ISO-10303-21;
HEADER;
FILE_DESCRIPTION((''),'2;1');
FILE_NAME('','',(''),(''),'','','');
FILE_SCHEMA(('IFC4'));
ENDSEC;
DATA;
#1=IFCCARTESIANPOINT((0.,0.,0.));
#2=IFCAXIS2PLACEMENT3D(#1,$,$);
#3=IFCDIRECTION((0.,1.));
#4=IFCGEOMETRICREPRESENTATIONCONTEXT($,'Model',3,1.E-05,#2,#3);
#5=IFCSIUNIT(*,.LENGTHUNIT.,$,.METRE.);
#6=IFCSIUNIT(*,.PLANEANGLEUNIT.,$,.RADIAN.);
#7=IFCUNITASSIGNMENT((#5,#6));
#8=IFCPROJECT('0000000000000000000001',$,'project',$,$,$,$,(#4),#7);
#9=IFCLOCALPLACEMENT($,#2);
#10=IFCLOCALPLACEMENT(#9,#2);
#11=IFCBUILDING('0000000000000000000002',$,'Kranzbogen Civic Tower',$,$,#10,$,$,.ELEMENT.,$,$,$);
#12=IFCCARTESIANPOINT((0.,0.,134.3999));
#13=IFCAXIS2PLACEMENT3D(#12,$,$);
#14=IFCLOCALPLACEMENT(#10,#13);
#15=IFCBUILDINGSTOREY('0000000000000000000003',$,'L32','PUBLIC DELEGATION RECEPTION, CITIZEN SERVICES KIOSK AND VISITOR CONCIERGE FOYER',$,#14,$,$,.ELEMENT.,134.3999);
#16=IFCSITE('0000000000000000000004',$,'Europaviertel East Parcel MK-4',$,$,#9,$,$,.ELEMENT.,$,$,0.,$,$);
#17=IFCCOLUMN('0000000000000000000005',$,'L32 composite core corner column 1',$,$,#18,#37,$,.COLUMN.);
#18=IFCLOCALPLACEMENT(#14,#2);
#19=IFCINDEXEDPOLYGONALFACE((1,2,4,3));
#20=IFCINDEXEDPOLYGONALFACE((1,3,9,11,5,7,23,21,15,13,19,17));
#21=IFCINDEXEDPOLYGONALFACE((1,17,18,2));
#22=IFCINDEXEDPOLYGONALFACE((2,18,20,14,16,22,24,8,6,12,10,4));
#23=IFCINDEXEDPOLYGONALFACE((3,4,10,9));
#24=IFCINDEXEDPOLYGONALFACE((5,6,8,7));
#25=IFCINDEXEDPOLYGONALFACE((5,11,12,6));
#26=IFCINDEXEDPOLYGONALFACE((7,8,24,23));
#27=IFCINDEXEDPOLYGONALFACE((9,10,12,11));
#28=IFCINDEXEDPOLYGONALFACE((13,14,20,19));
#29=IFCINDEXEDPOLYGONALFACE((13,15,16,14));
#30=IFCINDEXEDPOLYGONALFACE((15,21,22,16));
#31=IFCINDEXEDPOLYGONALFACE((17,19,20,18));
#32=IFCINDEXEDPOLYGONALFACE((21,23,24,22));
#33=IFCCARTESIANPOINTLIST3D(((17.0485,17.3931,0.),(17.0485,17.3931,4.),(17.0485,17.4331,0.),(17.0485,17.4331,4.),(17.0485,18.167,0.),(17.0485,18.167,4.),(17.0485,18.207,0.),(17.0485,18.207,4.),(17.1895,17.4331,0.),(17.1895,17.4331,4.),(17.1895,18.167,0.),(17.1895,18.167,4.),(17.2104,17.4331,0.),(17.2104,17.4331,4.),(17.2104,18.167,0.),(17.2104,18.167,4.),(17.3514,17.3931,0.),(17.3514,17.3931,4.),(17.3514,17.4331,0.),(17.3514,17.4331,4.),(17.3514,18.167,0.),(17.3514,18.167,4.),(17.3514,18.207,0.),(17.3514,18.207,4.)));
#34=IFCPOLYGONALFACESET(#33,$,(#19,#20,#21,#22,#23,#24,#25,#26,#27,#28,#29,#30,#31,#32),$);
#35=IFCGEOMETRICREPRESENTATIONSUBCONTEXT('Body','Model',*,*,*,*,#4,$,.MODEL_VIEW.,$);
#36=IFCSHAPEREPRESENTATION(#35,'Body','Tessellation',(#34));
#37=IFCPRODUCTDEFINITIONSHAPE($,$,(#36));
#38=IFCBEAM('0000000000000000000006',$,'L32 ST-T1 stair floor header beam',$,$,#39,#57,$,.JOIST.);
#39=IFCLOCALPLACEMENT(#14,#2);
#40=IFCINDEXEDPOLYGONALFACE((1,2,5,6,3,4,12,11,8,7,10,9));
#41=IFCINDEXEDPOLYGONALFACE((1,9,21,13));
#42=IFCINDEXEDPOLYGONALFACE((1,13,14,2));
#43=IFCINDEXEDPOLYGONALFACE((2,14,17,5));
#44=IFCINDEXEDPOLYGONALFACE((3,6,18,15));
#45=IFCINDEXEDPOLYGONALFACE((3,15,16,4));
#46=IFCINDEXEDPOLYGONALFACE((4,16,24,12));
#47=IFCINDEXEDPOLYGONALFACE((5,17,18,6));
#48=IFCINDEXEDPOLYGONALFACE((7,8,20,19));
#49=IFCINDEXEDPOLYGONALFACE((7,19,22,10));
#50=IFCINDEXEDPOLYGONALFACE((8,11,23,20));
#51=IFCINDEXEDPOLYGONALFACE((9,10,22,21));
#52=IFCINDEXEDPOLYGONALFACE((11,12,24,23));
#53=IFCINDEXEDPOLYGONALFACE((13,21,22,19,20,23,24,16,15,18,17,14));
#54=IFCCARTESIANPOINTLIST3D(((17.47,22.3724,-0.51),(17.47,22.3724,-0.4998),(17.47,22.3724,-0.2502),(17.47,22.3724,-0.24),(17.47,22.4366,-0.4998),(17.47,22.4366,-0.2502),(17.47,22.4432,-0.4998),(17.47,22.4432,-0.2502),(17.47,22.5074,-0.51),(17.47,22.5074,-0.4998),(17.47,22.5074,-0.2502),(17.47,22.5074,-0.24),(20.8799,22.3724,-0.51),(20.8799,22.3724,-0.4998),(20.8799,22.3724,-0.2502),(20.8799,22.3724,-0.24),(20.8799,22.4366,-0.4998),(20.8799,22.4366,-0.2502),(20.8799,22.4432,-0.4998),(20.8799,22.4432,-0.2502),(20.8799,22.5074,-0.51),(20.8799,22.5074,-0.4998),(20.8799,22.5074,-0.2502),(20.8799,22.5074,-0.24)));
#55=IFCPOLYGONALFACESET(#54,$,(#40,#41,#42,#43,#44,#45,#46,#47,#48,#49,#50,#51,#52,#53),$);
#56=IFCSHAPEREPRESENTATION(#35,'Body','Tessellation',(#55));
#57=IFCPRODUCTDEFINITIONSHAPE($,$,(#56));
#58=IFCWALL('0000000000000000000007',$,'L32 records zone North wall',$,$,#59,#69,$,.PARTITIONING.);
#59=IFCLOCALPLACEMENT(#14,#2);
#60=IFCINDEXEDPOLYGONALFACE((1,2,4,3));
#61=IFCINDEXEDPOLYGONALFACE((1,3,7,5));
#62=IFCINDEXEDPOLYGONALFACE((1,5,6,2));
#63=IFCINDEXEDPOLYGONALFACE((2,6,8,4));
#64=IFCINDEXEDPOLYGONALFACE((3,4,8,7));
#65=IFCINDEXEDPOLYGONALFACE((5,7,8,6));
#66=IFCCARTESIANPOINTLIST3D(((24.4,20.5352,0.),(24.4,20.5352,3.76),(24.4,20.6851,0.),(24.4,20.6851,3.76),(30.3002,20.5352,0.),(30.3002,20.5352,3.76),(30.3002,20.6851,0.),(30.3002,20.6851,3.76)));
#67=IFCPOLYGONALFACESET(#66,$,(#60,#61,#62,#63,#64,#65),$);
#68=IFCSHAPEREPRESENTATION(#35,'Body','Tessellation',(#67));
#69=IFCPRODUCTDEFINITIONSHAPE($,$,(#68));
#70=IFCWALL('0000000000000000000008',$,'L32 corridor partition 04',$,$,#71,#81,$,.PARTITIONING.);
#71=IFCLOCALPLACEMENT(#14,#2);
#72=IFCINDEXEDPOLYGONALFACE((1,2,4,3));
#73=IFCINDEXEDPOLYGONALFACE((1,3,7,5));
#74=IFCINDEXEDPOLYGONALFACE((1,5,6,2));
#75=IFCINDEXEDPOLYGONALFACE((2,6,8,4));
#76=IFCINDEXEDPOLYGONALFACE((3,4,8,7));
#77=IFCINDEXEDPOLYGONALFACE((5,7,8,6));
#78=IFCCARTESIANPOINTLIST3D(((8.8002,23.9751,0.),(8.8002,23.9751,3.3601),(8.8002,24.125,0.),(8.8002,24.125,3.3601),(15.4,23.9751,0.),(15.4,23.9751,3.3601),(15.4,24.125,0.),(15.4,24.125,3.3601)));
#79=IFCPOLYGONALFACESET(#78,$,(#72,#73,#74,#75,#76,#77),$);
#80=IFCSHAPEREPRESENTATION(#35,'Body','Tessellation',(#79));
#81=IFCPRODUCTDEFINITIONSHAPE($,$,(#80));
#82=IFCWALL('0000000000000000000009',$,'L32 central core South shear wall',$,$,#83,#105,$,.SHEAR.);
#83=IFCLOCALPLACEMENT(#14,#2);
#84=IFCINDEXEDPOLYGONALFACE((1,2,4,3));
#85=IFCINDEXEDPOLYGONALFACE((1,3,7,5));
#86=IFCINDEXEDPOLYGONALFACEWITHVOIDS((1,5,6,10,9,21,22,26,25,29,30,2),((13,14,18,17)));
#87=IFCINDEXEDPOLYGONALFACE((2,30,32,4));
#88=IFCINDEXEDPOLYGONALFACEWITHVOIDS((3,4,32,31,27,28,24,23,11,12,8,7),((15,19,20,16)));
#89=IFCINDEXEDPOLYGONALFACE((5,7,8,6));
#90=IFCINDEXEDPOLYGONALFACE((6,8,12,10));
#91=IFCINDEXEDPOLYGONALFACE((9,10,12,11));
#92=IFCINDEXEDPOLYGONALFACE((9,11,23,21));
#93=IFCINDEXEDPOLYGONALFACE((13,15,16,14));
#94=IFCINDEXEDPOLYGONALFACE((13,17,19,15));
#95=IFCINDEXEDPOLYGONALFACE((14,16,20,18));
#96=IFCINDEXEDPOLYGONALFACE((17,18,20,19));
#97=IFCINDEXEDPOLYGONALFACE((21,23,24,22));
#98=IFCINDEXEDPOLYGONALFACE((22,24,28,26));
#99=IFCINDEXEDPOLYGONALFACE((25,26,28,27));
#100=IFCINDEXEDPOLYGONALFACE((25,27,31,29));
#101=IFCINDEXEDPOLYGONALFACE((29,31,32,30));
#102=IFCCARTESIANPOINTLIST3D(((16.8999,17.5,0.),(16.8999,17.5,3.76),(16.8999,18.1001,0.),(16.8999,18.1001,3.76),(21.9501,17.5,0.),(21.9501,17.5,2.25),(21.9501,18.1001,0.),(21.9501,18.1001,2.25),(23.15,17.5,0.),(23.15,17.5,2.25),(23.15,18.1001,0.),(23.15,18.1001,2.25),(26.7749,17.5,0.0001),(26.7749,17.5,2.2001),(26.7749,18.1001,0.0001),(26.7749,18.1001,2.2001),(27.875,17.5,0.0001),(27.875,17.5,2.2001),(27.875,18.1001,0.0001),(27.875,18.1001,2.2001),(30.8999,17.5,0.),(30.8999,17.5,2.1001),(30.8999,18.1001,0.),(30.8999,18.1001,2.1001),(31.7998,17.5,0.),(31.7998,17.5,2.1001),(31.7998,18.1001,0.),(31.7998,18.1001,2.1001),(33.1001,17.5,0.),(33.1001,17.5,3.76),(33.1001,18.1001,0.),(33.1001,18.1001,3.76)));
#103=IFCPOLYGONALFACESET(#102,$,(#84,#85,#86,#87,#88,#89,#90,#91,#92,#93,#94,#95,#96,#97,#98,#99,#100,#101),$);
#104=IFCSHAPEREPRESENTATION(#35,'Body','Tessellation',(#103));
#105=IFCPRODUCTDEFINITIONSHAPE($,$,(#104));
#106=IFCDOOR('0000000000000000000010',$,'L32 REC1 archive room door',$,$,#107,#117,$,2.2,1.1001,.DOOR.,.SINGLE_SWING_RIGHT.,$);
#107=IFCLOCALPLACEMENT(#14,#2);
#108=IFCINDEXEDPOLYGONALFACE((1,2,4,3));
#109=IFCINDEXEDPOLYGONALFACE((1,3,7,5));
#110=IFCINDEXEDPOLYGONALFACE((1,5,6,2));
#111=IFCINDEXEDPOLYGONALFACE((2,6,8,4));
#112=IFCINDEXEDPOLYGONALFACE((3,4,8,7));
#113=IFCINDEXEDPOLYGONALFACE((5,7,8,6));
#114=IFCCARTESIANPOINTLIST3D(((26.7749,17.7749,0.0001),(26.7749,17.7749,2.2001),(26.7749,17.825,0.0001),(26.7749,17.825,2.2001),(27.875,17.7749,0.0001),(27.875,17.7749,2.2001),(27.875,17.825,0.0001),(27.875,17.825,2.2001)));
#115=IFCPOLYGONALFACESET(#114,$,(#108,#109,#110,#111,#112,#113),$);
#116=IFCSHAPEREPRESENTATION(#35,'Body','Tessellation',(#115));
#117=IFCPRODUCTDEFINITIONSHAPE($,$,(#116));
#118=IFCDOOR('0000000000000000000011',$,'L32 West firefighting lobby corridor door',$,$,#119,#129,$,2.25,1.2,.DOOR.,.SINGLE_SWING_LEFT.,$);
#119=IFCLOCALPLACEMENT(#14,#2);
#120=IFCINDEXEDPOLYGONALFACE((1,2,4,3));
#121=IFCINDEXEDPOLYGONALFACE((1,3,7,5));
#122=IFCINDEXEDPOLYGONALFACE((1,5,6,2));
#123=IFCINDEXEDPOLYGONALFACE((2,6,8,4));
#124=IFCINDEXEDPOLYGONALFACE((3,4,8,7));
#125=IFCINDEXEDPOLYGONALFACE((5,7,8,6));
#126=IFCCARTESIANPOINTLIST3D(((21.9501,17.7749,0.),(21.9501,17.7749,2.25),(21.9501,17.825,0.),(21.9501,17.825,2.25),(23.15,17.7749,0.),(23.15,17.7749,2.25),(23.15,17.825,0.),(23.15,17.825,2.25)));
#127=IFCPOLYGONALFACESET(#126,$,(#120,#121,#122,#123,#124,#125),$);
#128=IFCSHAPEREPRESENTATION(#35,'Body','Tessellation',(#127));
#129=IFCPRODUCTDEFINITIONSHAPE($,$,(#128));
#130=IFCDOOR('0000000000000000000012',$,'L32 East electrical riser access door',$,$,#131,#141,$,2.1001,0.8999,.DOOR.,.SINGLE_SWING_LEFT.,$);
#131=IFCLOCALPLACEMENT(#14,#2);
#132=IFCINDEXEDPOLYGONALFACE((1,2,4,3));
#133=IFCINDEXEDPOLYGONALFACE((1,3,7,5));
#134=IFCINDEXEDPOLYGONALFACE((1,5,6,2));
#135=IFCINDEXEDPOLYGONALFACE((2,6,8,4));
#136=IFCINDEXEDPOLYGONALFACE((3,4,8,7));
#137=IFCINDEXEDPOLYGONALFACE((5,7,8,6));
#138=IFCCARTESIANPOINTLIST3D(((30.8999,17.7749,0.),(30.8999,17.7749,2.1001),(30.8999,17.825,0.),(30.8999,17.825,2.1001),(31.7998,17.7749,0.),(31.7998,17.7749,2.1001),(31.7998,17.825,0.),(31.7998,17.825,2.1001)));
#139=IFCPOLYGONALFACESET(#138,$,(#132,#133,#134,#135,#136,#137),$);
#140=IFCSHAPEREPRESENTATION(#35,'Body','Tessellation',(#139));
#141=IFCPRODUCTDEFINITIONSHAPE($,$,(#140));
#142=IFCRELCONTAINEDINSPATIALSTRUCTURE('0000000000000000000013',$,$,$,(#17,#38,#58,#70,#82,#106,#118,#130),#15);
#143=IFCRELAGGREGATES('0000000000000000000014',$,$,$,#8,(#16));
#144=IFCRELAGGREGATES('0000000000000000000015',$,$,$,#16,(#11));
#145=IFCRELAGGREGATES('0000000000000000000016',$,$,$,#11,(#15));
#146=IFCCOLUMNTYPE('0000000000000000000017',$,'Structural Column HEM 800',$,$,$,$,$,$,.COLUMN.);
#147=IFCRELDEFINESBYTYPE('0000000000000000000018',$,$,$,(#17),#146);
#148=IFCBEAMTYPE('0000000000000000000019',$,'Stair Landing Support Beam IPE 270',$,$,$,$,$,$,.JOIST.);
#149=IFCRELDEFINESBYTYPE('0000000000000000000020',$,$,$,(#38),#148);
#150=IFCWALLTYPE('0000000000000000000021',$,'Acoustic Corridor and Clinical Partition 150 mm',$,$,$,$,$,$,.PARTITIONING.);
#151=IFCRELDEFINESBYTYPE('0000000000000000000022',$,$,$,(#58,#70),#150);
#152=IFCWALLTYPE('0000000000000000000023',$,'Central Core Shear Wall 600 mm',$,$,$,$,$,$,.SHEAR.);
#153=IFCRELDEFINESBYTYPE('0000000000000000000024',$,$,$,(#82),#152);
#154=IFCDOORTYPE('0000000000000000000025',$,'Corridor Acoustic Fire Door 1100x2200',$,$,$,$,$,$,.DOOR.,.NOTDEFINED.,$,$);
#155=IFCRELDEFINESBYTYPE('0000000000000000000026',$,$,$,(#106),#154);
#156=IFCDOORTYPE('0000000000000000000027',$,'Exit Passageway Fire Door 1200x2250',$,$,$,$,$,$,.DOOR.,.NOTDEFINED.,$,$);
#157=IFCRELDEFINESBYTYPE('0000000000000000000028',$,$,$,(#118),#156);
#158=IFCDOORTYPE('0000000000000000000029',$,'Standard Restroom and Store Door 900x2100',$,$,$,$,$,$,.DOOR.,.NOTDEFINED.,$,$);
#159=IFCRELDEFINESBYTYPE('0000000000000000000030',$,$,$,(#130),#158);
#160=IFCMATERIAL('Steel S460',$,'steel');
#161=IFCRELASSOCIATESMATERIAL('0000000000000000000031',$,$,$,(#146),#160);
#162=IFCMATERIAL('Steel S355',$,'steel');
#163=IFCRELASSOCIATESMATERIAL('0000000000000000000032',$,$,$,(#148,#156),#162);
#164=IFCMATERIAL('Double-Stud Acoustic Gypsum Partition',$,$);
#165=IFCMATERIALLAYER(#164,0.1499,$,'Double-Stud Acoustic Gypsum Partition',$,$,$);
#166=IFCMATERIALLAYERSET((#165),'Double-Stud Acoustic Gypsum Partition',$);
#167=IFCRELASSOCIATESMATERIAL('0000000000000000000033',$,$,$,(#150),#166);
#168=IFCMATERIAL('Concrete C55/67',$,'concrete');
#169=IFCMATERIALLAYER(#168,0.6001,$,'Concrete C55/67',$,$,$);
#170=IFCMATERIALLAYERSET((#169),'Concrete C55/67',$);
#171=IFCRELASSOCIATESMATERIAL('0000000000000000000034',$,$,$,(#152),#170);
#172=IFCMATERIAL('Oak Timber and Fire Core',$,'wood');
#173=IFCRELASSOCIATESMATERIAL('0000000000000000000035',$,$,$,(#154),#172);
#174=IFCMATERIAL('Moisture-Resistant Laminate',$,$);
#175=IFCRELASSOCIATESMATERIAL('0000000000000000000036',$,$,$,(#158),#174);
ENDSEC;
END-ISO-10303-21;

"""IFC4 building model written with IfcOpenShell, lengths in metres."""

from ifc_helpers import new_model, si_unit, direction, frame, frame_2d, origin, origin_2d, place, context, subcontext, project, spatial, rectangle, i_section, extrude, material, layer, layer_set, material_profile, profile_set, type_object, element, fill, save


model = new_model("IFC4")

# Units and contexts
model_context = context("Model", 3, precision=1e-05, world=origin(), true_north=direction((0.0, 1.0)))
body_context = subcontext(model_context, "Body", "Model", "MODEL_VIEW")
ifc_project = project(units=[si_unit("LENGTHUNIT", "METRE"), si_unit("PLANEANGLEUNIT", "RADIAN")], contexts=[model_context])

# Site, building, storey
site_placement = place(None, origin())
site = spatial("IfcSite", under=ifc_project, at=site_placement, Name="Europaviertel East Parcel MK-4", CompositionType="ELEMENT", RefElevation=0.0)
building_placement = place(site_placement, origin())
building = spatial("IfcBuilding", under=site, at=building_placement, Name="Kranzbogen Civic Tower", CompositionType="ELEMENT")
storey_placement = place(building_placement, frame((0.0, 0.0, 134.3999)))
storey = spatial("IfcBuildingStorey", under=building, at=storey_placement, Name="L32", Description="PUBLIC DELEGATION RECEPTION, CITIZEN SERVICES KIOSK AND VISITOR CONCIERGE FOYER", CompositionType="ELEMENT", Elevation=134.3999)

# Column
ifc_material_1 = material(Name="Steel S460", Category="steel")
ifc_material_profile_1 = material_profile(ifc_material_1, i_section(OverallWidth=0.303, OverallDepth=0.814, WebThickness=0.021, FlangeThickness=0.04, at=origin_2d()), Name="HEM 800")
ifc_profile_set_1 = profile_set([ifc_material_profile_1], Name="Steel S460")
column_type = type_object("IfcColumnType", Name="Structural Column HEM 800", PredefinedType="COLUMN", material=ifc_profile_set_1)
column_placement = place(storey_placement, frame((17.2, 17.8, 0.0), z_axis=(0.0, 0.0, 1.0), x_axis=(1.0, 0.0, 0.0)))
element("IfcColumn", 1, at=column_placement, inside=storey, type_object=column_type, Name="L32 composite core corner column 1", PredefinedType="COLUMN", context=body_context, shape_type="SweptSolid", body=[
    extrude(i_section(OverallWidth=0.303, OverallDepth=0.814, WebThickness=0.021, FlangeThickness=0.04, at=origin_2d()), origin(), (0.0, 0.0, 1.0), 4.0),
])

# Beam
ifc_material_2 = material(Name="Steel S355", Category="steel")
ifc_material_profile_2 = material_profile(ifc_material_2, i_section(OverallWidth=0.135, OverallDepth=0.27, WebThickness=0.0066, FlangeThickness=0.0103, at=origin_2d()), Name="IPE 270")
ifc_profile_set_2 = profile_set([ifc_material_profile_2], Name="Steel S355")
beam_type = type_object("IfcBeamType", Name="Stair Landing Support Beam IPE 270", PredefinedType="JOIST", material=ifc_profile_set_2)
beam_placement = place(storey_placement, frame((20.8799, 22.4399, -0.375), z_axis=(-1.0, 0.0, 0.0), x_axis=(0.0, -1.0, 0.0)))
element("IfcBeam", 2, at=beam_placement, inside=storey, type_object=beam_type, Name="L32 ST-T1 stair floor header beam", PredefinedType="JOIST", context=body_context, shape_type="SweptSolid", body=[
    extrude(i_section(OverallWidth=0.135, OverallDepth=0.27, WebThickness=0.0066, FlangeThickness=0.0103, at=origin_2d()), origin(), (0.0, 0.0, 1.0), 3.4099),
])

# Walls
ifc_material_3 = material(Name="Double-Stud Acoustic Gypsum Partition")
ifc_layer_1 = layer(ifc_material_3, 0.1499, Name="Double-Stud Acoustic Gypsum Partition")
ifc_layer_set_1 = layer_set([ifc_layer_1], Name="Double-Stud Acoustic Gypsum Partition")
wall_type_1 = type_object("IfcWallType", Name="Acoustic Corridor and Clinical Partition 150 mm", PredefinedType="PARTITIONING", material=ifc_layer_set_1)
wall_1_placement = place(storey_placement, frame((24.3999, 20.6101, 0.0), z_axis=(0.0, 0.0, 1.0), x_axis=(1.0, 0.0, 0.0)))
element("IfcWall", 3, at=wall_1_placement, inside=storey, type_object=wall_type_1, Name="L32 records zone North wall", PredefinedType="PARTITIONING", context=body_context, shape_type="SweptSolid", body=[
    extrude(rectangle(XDim=5.9001, YDim=0.1499, at=frame_2d((2.9502, 0.0))), origin(), (0.0, 0.0, 1.0), 3.76),
])
wall_2_placement = place(storey_placement, frame((15.3999, 24.05, 0.0), z_axis=(0.0, 0.0, 1.0), x_axis=(-1.0, 0.0, 0.0)))
element("IfcWall", 4, at=wall_2_placement, inside=storey, type_object=wall_type_1, Name="L32 corridor partition 04", PredefinedType="PARTITIONING", context=body_context, shape_type="SweptSolid", body=[
    extrude(rectangle(XDim=6.5999, YDim=0.1499, at=frame_2d((3.2998, 0.0))), origin(), (0.0, 0.0, 1.0), 3.3601),
])

# Wall, openings, doors
ifc_material_4 = material(Name="Concrete C55/67", Category="concrete")
ifc_layer_2 = layer(ifc_material_4, 0.6001, Name="Concrete C55/67")
ifc_layer_set_2 = layer_set([ifc_layer_2], Name="Concrete C55/67")
wall_type_2 = type_object("IfcWallType", Name="Central Core Shear Wall 600 mm", PredefinedType="SHEAR", material=ifc_layer_set_2)
wall_3_placement = place(storey_placement, frame((16.8999, 17.8, 0.0), z_axis=(0.0, 0.0, 1.0), x_axis=(1.0, 0.0, 0.0)))
wall_3 = element("IfcWall", 5, at=wall_3_placement, inside=storey, type_object=wall_type_2, Name="L32 central core South shear wall", PredefinedType="SHEAR", context=body_context, shape_type="SweptSolid", body=[
    extrude(rectangle(XDim=16.2002, YDim=0.6001, at=frame_2d((8.1001, 0.0))), origin(), (0.0, 0.0, 1.0), 3.76),
])
opening_1_placement = place(wall_3_placement, frame((5.05, 0.0, 0.0)))
opening_1 = element("IfcOpeningElement", 6, at=opening_1_placement, cuts=wall_3, PredefinedType="OPENING", context=body_context, shape_type="SweptSolid", body=[
    extrude(rectangle(XDim=1.2, YDim=2.25, at=frame_2d((0.6001, 1.125))), frame((0.0, 0.3101, 0.0), z_axis=(0.0, -1.0, 0.0), x_axis=(1.0, 0.0, 0.0)), (0.0, 0.0, 1.0), 0.6201),
])
opening_2_placement = place(wall_3_placement, frame((14.0, 0.0, 0.0)))
opening_2 = element("IfcOpeningElement", 7, at=opening_2_placement, cuts=wall_3, PredefinedType="OPENING", context=body_context, shape_type="SweptSolid", body=[
    extrude(rectangle(XDim=0.8999, YDim=2.1001, at=frame_2d((0.45, 1.05))), frame((0.0, 0.3101, 0.0), z_axis=(0.0, -1.0, 0.0), x_axis=(1.0, 0.0, 0.0)), (0.0, 0.0, 1.0), 0.6201),
])
opening_3_placement = place(wall_3_placement, frame((9.875, 0.0, 0.0)))
opening_3 = element("IfcOpeningElement", 8, at=opening_3_placement, cuts=wall_3, PredefinedType="OPENING", context=body_context, shape_type="SweptSolid", body=[
    extrude(rectangle(XDim=1.1001, YDim=2.2, at=frame_2d((0.55, 1.1001))), frame((0.0, 0.3101, 0.0), z_axis=(0.0, -1.0, 0.0), x_axis=(1.0, 0.0, 0.0)), (0.0, 0.0, 1.0), 0.6201),
])
ifc_material_5 = material(Name="Oak Timber and Fire Core", Category="wood")
door_type_1 = type_object("IfcDoorType", Name="Corridor Acoustic Fire Door 1100x2200", OperationType="NOTDEFINED", PredefinedType="DOOR", material=ifc_material_5)
door_1_placement = place(opening_3_placement, origin())
door_1 = element("IfcDoor", 9, at=door_1_placement, inside=storey, type_object=door_type_1, Name="L32 REC1 archive room door", OperationType="SINGLE_SWING_RIGHT", OverallHeight=2.2, OverallWidth=1.1001, PredefinedType="DOOR", context=body_context, shape_type="SweptSolid", body=[
    extrude(rectangle(XDim=1.1001, YDim=2.2, at=frame_2d((0.55, 1.1001))), frame((0.0, 0.0249, 0.0), z_axis=(0.0, -1.0, 0.0), x_axis=(1.0, 0.0, 0.0)), (0.0, 0.0, 1.0), 0.05),
])
fill(opening_3, door_1)
door_type_2 = type_object("IfcDoorType", Name="Exit Passageway Fire Door 1200x2250", OperationType="NOTDEFINED", PredefinedType="DOOR", material=ifc_material_2)
door_2_placement = place(opening_1_placement, origin())
door_2 = element("IfcDoor", 10, at=door_2_placement, inside=storey, type_object=door_type_2, Name="L32 West firefighting lobby corridor door", OperationType="SINGLE_SWING_LEFT", OverallHeight=2.25, OverallWidth=1.2, PredefinedType="DOOR", context=body_context, shape_type="SweptSolid", body=[
    extrude(rectangle(XDim=1.2, YDim=2.25, at=frame_2d((0.6001, 1.125))), frame((0.0, 0.0249, 0.0), z_axis=(0.0, -1.0, 0.0), x_axis=(1.0, 0.0, 0.0)), (0.0, 0.0, 1.0), 0.05),
])
fill(opening_1, door_2)
ifc_material_6 = material(Name="Moisture-Resistant Laminate")
door_type_3 = type_object("IfcDoorType", Name="Standard Restroom and Store Door 900x2100", OperationType="NOTDEFINED", PredefinedType="DOOR", material=ifc_material_6)
door_3_placement = place(opening_2_placement, origin())
door_3 = element("IfcDoor", 11, at=door_3_placement, inside=storey, type_object=door_type_3, Name="L32 East electrical riser access door", OperationType="SINGLE_SWING_LEFT", OverallHeight=2.1001, OverallWidth=0.8999, PredefinedType="DOOR", context=body_context, shape_type="SweptSolid", body=[
    extrude(rectangle(XDim=0.8999, YDim=2.1001, at=frame_2d((0.45, 1.05))), frame((0.0, 0.0249, 0.0), z_axis=(0.0, -1.0, 0.0), x_axis=(1.0, 0.0, 0.0)), (0.0, 0.0, 1.0), 0.05),
])
fill(opening_2, door_3)

save(model, "model.ifc")
